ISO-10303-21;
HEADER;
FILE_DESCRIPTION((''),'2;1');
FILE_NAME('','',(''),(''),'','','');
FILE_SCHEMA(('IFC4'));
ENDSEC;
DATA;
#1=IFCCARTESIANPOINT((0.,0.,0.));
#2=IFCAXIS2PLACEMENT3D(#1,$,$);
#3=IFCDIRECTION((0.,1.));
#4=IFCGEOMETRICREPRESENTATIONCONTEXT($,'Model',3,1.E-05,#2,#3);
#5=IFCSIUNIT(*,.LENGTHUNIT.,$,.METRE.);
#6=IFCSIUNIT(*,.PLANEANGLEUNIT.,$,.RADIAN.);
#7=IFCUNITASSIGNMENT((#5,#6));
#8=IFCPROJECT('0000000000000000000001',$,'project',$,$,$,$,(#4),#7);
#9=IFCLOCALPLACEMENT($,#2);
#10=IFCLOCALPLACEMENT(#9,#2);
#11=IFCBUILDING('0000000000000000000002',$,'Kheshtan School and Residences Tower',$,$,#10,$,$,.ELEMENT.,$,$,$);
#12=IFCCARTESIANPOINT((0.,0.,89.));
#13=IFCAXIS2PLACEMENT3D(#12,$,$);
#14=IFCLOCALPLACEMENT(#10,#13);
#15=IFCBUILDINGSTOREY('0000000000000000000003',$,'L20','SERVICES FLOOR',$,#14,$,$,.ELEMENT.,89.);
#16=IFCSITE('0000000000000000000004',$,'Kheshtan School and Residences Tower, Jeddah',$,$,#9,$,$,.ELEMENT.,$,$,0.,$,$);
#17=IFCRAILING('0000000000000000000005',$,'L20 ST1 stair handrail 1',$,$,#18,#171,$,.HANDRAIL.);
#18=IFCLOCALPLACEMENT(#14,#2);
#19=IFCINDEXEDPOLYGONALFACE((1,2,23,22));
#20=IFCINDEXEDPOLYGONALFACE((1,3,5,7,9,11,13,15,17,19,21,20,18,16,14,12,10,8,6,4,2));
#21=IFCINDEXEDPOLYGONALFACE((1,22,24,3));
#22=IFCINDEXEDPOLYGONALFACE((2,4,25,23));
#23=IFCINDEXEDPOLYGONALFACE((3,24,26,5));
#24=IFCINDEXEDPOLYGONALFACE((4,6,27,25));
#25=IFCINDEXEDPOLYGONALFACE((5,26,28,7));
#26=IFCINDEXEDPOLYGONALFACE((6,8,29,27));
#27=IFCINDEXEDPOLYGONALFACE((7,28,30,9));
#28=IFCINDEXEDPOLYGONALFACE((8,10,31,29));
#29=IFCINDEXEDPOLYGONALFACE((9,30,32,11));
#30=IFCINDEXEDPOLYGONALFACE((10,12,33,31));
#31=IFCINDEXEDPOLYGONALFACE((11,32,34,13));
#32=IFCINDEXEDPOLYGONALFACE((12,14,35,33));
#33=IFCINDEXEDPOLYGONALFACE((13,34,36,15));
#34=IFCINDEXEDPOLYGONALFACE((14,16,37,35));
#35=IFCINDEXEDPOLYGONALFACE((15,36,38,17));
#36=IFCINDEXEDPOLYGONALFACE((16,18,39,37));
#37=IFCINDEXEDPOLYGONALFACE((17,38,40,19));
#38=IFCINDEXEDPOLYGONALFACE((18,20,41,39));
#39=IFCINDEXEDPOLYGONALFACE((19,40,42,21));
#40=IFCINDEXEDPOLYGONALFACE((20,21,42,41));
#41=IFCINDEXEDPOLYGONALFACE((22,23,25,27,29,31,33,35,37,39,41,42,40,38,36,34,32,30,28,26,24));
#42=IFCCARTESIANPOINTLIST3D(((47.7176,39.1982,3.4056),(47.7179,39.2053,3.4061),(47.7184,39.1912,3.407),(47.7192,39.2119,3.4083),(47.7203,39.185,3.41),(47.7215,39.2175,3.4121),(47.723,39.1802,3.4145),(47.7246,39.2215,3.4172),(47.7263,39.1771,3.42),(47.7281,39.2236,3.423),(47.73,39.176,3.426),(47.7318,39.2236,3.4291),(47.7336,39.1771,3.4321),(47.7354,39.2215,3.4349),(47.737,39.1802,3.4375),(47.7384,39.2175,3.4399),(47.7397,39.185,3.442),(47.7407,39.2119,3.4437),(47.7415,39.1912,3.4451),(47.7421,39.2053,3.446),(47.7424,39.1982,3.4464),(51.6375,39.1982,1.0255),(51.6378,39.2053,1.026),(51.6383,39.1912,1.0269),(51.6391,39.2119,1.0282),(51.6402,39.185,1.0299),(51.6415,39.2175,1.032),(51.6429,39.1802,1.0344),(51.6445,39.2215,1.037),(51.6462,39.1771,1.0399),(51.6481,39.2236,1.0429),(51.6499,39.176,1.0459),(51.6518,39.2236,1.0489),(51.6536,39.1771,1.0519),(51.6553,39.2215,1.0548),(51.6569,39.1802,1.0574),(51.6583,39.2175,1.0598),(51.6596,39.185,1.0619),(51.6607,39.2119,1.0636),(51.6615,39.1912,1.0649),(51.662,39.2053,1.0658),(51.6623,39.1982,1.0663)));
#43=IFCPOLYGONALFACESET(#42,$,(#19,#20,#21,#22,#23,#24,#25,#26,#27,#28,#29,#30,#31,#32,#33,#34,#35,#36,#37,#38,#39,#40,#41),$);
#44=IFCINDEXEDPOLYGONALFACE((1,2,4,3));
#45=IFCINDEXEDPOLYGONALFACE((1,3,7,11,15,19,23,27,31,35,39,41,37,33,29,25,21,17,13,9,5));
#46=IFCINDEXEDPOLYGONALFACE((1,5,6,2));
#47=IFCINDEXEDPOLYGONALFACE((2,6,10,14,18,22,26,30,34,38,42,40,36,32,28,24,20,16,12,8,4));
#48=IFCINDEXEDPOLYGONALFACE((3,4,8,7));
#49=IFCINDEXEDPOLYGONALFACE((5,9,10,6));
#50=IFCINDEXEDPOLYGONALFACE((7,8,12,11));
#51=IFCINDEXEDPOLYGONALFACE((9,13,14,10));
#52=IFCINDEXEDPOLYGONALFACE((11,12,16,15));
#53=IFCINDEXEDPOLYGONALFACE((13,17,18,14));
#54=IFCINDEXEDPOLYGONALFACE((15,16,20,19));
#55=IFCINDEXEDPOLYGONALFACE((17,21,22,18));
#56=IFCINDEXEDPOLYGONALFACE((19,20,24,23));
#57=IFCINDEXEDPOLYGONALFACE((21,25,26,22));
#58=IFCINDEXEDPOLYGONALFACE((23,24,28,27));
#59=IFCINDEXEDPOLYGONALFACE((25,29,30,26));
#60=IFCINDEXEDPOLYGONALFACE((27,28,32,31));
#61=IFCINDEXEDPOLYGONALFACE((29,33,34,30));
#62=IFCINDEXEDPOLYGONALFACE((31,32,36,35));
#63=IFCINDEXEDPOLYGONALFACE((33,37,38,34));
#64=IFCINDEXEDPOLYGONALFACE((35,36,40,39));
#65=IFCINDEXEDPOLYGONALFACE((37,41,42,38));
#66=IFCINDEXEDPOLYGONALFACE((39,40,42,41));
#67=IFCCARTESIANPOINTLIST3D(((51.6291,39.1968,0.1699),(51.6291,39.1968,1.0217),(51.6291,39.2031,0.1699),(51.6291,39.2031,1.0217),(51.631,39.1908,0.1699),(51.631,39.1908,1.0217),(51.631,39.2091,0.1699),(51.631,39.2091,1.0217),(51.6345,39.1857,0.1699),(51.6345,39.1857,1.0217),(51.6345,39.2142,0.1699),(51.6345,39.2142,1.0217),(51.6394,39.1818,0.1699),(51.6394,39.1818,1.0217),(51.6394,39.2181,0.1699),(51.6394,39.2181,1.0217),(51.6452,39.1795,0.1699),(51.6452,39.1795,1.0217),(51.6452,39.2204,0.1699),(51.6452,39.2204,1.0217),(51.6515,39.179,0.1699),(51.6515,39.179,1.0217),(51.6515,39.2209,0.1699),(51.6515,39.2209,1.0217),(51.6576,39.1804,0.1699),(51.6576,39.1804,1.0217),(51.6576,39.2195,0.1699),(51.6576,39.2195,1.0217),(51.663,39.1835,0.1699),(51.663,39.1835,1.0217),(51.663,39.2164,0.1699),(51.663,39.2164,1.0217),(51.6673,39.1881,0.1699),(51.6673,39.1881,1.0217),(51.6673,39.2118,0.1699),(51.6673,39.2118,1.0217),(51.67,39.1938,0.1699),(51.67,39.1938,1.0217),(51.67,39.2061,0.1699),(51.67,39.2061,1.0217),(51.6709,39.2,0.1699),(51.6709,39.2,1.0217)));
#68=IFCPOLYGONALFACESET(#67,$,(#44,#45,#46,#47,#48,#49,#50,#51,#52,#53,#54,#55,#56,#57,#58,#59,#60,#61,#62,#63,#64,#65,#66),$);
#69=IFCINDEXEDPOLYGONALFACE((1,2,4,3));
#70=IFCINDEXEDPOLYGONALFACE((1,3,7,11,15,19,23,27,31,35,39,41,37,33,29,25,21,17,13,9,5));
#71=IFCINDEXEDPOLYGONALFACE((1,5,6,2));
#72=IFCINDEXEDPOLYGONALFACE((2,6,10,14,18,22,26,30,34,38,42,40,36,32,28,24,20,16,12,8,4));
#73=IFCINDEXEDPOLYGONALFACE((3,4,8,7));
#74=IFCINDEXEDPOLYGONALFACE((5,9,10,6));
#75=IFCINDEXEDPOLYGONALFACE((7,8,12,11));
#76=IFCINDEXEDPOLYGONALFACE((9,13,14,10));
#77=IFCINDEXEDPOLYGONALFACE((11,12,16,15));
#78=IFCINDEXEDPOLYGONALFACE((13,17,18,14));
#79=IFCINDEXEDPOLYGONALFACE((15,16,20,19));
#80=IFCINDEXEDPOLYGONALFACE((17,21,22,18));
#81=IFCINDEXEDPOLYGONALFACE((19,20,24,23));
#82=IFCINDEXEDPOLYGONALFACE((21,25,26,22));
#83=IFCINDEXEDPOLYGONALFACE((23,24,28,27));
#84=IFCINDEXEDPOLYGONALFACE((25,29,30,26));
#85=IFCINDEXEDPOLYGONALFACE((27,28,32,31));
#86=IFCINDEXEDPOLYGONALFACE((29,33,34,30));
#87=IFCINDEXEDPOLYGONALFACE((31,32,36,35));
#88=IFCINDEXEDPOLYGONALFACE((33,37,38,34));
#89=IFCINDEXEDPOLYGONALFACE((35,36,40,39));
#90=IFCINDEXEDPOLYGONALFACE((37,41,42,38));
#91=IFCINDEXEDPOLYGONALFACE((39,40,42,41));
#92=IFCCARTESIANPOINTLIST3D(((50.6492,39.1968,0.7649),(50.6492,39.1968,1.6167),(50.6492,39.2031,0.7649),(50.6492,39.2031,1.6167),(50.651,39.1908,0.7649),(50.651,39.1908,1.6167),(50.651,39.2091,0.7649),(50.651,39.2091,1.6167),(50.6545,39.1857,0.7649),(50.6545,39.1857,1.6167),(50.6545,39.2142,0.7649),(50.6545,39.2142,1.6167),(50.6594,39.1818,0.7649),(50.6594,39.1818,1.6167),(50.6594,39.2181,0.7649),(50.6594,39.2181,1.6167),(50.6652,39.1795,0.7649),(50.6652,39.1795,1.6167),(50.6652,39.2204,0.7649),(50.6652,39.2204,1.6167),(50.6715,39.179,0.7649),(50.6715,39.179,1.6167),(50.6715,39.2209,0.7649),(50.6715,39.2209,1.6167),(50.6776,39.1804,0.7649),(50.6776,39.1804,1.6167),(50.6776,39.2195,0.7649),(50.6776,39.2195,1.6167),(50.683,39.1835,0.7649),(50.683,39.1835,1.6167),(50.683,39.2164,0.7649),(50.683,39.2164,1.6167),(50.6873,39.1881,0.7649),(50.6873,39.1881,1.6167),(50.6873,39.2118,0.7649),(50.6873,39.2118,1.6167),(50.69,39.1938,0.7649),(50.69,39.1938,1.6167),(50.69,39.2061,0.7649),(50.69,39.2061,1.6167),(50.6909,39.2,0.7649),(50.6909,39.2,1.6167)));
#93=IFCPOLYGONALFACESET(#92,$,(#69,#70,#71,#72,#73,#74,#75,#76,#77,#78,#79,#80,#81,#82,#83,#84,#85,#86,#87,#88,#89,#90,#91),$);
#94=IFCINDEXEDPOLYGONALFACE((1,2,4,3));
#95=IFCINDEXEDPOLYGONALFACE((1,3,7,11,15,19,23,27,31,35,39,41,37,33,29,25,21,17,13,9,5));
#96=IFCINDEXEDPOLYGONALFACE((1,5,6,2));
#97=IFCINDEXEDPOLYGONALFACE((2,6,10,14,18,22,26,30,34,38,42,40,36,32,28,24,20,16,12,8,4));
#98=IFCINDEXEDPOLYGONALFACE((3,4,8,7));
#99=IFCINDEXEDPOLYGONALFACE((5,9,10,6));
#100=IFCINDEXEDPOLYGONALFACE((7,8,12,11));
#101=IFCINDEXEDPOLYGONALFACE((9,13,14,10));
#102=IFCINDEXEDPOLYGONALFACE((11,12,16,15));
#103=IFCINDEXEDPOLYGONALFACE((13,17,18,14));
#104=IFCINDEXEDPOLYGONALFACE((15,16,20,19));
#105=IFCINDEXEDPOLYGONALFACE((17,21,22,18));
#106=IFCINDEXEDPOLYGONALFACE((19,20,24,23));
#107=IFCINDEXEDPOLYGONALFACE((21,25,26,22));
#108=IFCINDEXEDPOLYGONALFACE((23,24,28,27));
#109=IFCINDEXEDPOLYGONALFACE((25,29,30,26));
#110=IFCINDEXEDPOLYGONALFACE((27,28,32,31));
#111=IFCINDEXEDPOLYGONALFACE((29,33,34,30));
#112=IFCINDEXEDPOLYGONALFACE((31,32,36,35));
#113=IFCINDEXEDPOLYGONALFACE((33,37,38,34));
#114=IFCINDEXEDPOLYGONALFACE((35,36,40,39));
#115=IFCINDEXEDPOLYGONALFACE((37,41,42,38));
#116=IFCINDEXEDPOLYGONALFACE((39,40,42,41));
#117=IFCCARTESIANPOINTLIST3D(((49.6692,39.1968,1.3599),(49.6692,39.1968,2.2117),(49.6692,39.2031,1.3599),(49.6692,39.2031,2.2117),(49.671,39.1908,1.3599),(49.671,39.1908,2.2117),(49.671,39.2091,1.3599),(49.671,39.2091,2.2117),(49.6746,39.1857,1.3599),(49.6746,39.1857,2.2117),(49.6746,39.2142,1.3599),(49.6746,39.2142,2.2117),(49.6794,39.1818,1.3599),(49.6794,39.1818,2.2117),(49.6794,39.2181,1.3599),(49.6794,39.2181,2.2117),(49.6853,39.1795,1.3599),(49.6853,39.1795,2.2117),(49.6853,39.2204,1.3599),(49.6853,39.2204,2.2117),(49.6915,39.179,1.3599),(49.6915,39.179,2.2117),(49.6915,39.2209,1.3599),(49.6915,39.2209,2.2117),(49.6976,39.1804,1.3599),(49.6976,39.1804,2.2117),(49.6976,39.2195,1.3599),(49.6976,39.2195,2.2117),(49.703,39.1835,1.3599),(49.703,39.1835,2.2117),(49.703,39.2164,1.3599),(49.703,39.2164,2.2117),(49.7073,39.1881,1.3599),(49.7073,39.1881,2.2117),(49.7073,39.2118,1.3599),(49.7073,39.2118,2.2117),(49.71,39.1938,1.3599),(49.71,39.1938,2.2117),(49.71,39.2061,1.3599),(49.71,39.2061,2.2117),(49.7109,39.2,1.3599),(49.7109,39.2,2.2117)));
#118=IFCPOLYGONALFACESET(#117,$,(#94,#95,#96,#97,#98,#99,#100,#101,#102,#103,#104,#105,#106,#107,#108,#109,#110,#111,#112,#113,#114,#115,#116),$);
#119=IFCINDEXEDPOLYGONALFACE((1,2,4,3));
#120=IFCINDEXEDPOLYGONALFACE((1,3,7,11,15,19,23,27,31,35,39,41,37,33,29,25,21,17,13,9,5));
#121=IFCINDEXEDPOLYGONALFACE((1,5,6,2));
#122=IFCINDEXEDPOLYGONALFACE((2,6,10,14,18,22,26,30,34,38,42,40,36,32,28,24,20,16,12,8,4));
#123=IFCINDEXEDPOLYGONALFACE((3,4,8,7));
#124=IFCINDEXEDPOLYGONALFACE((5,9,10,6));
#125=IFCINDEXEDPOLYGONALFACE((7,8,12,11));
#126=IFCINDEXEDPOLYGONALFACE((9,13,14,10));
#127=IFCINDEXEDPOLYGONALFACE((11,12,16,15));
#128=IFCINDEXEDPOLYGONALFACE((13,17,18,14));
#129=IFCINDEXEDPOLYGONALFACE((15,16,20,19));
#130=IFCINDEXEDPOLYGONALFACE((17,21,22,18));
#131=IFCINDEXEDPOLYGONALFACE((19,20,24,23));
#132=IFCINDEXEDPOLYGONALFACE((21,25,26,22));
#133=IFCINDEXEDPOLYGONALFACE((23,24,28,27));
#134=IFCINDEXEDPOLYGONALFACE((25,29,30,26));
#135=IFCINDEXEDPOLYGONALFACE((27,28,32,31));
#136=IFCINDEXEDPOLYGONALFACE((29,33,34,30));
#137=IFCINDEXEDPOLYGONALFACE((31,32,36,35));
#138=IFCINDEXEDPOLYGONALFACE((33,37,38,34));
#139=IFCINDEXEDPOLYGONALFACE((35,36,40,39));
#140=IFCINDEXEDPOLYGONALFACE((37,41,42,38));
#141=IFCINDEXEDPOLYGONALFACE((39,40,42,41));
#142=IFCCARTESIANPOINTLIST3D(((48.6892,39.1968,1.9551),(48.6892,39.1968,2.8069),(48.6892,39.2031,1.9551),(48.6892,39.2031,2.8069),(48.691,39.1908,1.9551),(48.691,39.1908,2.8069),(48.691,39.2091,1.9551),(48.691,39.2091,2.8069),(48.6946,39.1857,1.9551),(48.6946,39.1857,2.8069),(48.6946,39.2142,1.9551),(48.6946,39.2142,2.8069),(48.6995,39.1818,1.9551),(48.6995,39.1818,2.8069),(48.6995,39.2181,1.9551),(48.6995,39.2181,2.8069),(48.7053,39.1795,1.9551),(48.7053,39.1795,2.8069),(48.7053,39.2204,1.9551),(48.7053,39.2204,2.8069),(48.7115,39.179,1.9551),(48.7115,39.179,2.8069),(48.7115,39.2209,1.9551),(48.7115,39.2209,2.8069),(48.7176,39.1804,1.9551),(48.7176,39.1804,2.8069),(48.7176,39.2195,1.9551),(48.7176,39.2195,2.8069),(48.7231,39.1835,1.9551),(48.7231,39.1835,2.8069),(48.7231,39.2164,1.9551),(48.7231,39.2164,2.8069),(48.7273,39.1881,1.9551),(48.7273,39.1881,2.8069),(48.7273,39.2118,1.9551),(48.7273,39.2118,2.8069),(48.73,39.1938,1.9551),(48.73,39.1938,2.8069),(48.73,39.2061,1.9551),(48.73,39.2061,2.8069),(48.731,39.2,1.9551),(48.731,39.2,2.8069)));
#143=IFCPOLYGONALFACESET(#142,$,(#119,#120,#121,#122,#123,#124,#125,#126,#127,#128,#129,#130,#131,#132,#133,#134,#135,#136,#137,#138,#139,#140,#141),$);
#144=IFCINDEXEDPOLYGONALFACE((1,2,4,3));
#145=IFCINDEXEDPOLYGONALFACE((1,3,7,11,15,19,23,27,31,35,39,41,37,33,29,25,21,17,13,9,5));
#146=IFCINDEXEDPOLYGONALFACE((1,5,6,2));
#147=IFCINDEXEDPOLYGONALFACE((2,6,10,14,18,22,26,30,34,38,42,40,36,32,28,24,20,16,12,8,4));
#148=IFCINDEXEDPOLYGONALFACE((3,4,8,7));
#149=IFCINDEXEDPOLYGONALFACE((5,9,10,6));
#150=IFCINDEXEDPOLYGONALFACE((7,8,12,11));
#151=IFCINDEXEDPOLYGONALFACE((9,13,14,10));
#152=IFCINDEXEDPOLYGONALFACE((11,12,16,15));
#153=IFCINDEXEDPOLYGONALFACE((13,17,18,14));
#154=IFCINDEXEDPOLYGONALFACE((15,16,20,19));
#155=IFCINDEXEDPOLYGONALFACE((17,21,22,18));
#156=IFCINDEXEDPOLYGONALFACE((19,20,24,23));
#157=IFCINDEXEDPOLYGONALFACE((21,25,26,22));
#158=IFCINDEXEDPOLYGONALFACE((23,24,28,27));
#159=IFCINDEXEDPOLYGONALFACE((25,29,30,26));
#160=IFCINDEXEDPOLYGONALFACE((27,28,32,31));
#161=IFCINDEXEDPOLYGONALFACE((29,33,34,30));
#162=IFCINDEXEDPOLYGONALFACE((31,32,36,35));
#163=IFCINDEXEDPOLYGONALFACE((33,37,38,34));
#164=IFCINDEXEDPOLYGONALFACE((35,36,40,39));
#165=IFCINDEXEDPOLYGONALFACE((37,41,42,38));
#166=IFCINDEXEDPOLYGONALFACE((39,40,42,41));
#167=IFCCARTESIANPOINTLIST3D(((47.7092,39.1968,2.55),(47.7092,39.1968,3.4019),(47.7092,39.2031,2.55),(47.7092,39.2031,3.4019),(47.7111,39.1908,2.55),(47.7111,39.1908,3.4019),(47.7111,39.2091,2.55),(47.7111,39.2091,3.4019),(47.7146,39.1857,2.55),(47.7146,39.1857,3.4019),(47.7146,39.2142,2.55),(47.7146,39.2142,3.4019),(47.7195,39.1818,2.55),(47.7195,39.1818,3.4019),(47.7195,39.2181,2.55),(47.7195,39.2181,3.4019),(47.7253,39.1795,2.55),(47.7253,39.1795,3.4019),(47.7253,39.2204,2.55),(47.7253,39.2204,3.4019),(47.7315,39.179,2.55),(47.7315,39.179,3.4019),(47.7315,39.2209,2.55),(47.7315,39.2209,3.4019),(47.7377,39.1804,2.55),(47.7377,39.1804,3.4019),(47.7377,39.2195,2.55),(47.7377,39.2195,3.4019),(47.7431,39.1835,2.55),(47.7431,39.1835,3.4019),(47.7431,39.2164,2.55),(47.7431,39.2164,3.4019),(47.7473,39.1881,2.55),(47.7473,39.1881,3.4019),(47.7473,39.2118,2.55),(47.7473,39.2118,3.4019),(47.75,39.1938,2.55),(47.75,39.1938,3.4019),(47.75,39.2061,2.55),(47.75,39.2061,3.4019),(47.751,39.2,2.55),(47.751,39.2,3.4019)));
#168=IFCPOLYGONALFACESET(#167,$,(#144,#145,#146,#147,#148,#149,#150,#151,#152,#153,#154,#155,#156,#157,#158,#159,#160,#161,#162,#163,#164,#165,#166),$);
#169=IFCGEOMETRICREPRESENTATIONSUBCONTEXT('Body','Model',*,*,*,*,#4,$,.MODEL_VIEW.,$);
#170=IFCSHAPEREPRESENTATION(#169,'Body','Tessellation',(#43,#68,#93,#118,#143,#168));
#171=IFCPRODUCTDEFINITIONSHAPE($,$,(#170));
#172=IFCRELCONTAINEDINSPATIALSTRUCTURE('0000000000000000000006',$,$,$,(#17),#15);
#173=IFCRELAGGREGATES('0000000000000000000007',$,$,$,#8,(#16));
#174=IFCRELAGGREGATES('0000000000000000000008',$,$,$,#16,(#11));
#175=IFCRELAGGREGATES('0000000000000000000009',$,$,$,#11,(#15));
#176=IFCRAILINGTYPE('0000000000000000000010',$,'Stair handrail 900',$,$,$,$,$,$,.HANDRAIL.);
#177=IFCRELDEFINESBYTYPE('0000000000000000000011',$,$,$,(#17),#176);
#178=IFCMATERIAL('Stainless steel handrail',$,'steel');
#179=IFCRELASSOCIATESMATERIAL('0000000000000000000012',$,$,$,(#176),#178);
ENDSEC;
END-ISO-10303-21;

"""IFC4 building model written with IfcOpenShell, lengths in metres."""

from ifc_helpers import new_model, si_unit, direction, frame, origin, origin_2d, place, context, subcontext, project, spatial, circle, extrude, material, type_object, element, save


model = new_model("IFC4")

# Units and contexts
model_context = context("Model", 3, precision=1e-05, world=origin(), true_north=direction((0.0, 1.0)))
body_context = subcontext(model_context, "Body", "Model", "MODEL_VIEW")
ifc_project = project(units=[si_unit("LENGTHUNIT", "METRE"), si_unit("PLANEANGLEUNIT", "RADIAN")], contexts=[model_context])

# Site, building, storey
site_placement = place(None, origin())
site = spatial("IfcSite", under=ifc_project, at=site_placement, Name="Kheshtan School and Residences Tower, Jeddah", CompositionType="ELEMENT", RefElevation=0.0)
building_placement = place(site_placement, origin())
building = spatial("IfcBuilding", under=site, at=building_placement, Name="Kheshtan School and Residences Tower", CompositionType="ELEMENT")
storey_placement = place(building_placement, frame((0.0, 0.0, 89.0)))
storey = spatial("IfcBuildingStorey", under=building, at=storey_placement, Name="L20", Description="SERVICES FLOOR", CompositionType="ELEMENT", Elevation=89.0)

# Railing
ifc_material_1 = material(Name="Stainless steel handrail", Category="steel")
railing_type_1 = type_object("IfcRailingType", Name="Stair handrail 900", PredefinedType="HANDRAIL", material=ifc_material_1)
railing_1_placement = place(storey_placement, frame((51.6499, 39.2, 0.1699)))
element("IfcRailing", 1, at=railing_1_placement, inside=storey, type_object=railing_type_1, Name="L20 ST1 stair handrail 1", PredefinedType="HANDRAIL", context=body_context, shape_type="SweptSolid", body=[
    extrude(circle(Radius=0.0239, at=origin_2d()), frame((0.0, 0.0, 0.876), z_axis=(-0.854771, 0.0, 0.519006), x_axis=(0.0, -1.0, 0.0)), (0.0, 0.0, 1.0), 4.5859),
    extrude(circle(Radius=0.021, at=origin_2d()), origin(), (0.0, 0.0, 1.0), 0.8518),
    extrude(circle(Radius=0.021, at=origin_2d()), frame((-0.98, 0.0, 0.595)), (0.0, 0.0, 1.0), 0.8518),
    extrude(circle(Radius=0.021, at=origin_2d()), frame((-1.96, 0.0, 1.1899)), (0.0, 0.0, 1.0), 0.8518),
    extrude(circle(Radius=0.021, at=origin_2d()), frame((-2.9399, 0.0, 1.7852)), (0.0, 0.0, 1.0), 0.8518),
    extrude(circle(Radius=0.021, at=origin_2d()), frame((-3.9199, 0.0, 2.3801)), (0.0, 0.0, 1.0), 0.8518),
])

save(model, "model.ifc")
